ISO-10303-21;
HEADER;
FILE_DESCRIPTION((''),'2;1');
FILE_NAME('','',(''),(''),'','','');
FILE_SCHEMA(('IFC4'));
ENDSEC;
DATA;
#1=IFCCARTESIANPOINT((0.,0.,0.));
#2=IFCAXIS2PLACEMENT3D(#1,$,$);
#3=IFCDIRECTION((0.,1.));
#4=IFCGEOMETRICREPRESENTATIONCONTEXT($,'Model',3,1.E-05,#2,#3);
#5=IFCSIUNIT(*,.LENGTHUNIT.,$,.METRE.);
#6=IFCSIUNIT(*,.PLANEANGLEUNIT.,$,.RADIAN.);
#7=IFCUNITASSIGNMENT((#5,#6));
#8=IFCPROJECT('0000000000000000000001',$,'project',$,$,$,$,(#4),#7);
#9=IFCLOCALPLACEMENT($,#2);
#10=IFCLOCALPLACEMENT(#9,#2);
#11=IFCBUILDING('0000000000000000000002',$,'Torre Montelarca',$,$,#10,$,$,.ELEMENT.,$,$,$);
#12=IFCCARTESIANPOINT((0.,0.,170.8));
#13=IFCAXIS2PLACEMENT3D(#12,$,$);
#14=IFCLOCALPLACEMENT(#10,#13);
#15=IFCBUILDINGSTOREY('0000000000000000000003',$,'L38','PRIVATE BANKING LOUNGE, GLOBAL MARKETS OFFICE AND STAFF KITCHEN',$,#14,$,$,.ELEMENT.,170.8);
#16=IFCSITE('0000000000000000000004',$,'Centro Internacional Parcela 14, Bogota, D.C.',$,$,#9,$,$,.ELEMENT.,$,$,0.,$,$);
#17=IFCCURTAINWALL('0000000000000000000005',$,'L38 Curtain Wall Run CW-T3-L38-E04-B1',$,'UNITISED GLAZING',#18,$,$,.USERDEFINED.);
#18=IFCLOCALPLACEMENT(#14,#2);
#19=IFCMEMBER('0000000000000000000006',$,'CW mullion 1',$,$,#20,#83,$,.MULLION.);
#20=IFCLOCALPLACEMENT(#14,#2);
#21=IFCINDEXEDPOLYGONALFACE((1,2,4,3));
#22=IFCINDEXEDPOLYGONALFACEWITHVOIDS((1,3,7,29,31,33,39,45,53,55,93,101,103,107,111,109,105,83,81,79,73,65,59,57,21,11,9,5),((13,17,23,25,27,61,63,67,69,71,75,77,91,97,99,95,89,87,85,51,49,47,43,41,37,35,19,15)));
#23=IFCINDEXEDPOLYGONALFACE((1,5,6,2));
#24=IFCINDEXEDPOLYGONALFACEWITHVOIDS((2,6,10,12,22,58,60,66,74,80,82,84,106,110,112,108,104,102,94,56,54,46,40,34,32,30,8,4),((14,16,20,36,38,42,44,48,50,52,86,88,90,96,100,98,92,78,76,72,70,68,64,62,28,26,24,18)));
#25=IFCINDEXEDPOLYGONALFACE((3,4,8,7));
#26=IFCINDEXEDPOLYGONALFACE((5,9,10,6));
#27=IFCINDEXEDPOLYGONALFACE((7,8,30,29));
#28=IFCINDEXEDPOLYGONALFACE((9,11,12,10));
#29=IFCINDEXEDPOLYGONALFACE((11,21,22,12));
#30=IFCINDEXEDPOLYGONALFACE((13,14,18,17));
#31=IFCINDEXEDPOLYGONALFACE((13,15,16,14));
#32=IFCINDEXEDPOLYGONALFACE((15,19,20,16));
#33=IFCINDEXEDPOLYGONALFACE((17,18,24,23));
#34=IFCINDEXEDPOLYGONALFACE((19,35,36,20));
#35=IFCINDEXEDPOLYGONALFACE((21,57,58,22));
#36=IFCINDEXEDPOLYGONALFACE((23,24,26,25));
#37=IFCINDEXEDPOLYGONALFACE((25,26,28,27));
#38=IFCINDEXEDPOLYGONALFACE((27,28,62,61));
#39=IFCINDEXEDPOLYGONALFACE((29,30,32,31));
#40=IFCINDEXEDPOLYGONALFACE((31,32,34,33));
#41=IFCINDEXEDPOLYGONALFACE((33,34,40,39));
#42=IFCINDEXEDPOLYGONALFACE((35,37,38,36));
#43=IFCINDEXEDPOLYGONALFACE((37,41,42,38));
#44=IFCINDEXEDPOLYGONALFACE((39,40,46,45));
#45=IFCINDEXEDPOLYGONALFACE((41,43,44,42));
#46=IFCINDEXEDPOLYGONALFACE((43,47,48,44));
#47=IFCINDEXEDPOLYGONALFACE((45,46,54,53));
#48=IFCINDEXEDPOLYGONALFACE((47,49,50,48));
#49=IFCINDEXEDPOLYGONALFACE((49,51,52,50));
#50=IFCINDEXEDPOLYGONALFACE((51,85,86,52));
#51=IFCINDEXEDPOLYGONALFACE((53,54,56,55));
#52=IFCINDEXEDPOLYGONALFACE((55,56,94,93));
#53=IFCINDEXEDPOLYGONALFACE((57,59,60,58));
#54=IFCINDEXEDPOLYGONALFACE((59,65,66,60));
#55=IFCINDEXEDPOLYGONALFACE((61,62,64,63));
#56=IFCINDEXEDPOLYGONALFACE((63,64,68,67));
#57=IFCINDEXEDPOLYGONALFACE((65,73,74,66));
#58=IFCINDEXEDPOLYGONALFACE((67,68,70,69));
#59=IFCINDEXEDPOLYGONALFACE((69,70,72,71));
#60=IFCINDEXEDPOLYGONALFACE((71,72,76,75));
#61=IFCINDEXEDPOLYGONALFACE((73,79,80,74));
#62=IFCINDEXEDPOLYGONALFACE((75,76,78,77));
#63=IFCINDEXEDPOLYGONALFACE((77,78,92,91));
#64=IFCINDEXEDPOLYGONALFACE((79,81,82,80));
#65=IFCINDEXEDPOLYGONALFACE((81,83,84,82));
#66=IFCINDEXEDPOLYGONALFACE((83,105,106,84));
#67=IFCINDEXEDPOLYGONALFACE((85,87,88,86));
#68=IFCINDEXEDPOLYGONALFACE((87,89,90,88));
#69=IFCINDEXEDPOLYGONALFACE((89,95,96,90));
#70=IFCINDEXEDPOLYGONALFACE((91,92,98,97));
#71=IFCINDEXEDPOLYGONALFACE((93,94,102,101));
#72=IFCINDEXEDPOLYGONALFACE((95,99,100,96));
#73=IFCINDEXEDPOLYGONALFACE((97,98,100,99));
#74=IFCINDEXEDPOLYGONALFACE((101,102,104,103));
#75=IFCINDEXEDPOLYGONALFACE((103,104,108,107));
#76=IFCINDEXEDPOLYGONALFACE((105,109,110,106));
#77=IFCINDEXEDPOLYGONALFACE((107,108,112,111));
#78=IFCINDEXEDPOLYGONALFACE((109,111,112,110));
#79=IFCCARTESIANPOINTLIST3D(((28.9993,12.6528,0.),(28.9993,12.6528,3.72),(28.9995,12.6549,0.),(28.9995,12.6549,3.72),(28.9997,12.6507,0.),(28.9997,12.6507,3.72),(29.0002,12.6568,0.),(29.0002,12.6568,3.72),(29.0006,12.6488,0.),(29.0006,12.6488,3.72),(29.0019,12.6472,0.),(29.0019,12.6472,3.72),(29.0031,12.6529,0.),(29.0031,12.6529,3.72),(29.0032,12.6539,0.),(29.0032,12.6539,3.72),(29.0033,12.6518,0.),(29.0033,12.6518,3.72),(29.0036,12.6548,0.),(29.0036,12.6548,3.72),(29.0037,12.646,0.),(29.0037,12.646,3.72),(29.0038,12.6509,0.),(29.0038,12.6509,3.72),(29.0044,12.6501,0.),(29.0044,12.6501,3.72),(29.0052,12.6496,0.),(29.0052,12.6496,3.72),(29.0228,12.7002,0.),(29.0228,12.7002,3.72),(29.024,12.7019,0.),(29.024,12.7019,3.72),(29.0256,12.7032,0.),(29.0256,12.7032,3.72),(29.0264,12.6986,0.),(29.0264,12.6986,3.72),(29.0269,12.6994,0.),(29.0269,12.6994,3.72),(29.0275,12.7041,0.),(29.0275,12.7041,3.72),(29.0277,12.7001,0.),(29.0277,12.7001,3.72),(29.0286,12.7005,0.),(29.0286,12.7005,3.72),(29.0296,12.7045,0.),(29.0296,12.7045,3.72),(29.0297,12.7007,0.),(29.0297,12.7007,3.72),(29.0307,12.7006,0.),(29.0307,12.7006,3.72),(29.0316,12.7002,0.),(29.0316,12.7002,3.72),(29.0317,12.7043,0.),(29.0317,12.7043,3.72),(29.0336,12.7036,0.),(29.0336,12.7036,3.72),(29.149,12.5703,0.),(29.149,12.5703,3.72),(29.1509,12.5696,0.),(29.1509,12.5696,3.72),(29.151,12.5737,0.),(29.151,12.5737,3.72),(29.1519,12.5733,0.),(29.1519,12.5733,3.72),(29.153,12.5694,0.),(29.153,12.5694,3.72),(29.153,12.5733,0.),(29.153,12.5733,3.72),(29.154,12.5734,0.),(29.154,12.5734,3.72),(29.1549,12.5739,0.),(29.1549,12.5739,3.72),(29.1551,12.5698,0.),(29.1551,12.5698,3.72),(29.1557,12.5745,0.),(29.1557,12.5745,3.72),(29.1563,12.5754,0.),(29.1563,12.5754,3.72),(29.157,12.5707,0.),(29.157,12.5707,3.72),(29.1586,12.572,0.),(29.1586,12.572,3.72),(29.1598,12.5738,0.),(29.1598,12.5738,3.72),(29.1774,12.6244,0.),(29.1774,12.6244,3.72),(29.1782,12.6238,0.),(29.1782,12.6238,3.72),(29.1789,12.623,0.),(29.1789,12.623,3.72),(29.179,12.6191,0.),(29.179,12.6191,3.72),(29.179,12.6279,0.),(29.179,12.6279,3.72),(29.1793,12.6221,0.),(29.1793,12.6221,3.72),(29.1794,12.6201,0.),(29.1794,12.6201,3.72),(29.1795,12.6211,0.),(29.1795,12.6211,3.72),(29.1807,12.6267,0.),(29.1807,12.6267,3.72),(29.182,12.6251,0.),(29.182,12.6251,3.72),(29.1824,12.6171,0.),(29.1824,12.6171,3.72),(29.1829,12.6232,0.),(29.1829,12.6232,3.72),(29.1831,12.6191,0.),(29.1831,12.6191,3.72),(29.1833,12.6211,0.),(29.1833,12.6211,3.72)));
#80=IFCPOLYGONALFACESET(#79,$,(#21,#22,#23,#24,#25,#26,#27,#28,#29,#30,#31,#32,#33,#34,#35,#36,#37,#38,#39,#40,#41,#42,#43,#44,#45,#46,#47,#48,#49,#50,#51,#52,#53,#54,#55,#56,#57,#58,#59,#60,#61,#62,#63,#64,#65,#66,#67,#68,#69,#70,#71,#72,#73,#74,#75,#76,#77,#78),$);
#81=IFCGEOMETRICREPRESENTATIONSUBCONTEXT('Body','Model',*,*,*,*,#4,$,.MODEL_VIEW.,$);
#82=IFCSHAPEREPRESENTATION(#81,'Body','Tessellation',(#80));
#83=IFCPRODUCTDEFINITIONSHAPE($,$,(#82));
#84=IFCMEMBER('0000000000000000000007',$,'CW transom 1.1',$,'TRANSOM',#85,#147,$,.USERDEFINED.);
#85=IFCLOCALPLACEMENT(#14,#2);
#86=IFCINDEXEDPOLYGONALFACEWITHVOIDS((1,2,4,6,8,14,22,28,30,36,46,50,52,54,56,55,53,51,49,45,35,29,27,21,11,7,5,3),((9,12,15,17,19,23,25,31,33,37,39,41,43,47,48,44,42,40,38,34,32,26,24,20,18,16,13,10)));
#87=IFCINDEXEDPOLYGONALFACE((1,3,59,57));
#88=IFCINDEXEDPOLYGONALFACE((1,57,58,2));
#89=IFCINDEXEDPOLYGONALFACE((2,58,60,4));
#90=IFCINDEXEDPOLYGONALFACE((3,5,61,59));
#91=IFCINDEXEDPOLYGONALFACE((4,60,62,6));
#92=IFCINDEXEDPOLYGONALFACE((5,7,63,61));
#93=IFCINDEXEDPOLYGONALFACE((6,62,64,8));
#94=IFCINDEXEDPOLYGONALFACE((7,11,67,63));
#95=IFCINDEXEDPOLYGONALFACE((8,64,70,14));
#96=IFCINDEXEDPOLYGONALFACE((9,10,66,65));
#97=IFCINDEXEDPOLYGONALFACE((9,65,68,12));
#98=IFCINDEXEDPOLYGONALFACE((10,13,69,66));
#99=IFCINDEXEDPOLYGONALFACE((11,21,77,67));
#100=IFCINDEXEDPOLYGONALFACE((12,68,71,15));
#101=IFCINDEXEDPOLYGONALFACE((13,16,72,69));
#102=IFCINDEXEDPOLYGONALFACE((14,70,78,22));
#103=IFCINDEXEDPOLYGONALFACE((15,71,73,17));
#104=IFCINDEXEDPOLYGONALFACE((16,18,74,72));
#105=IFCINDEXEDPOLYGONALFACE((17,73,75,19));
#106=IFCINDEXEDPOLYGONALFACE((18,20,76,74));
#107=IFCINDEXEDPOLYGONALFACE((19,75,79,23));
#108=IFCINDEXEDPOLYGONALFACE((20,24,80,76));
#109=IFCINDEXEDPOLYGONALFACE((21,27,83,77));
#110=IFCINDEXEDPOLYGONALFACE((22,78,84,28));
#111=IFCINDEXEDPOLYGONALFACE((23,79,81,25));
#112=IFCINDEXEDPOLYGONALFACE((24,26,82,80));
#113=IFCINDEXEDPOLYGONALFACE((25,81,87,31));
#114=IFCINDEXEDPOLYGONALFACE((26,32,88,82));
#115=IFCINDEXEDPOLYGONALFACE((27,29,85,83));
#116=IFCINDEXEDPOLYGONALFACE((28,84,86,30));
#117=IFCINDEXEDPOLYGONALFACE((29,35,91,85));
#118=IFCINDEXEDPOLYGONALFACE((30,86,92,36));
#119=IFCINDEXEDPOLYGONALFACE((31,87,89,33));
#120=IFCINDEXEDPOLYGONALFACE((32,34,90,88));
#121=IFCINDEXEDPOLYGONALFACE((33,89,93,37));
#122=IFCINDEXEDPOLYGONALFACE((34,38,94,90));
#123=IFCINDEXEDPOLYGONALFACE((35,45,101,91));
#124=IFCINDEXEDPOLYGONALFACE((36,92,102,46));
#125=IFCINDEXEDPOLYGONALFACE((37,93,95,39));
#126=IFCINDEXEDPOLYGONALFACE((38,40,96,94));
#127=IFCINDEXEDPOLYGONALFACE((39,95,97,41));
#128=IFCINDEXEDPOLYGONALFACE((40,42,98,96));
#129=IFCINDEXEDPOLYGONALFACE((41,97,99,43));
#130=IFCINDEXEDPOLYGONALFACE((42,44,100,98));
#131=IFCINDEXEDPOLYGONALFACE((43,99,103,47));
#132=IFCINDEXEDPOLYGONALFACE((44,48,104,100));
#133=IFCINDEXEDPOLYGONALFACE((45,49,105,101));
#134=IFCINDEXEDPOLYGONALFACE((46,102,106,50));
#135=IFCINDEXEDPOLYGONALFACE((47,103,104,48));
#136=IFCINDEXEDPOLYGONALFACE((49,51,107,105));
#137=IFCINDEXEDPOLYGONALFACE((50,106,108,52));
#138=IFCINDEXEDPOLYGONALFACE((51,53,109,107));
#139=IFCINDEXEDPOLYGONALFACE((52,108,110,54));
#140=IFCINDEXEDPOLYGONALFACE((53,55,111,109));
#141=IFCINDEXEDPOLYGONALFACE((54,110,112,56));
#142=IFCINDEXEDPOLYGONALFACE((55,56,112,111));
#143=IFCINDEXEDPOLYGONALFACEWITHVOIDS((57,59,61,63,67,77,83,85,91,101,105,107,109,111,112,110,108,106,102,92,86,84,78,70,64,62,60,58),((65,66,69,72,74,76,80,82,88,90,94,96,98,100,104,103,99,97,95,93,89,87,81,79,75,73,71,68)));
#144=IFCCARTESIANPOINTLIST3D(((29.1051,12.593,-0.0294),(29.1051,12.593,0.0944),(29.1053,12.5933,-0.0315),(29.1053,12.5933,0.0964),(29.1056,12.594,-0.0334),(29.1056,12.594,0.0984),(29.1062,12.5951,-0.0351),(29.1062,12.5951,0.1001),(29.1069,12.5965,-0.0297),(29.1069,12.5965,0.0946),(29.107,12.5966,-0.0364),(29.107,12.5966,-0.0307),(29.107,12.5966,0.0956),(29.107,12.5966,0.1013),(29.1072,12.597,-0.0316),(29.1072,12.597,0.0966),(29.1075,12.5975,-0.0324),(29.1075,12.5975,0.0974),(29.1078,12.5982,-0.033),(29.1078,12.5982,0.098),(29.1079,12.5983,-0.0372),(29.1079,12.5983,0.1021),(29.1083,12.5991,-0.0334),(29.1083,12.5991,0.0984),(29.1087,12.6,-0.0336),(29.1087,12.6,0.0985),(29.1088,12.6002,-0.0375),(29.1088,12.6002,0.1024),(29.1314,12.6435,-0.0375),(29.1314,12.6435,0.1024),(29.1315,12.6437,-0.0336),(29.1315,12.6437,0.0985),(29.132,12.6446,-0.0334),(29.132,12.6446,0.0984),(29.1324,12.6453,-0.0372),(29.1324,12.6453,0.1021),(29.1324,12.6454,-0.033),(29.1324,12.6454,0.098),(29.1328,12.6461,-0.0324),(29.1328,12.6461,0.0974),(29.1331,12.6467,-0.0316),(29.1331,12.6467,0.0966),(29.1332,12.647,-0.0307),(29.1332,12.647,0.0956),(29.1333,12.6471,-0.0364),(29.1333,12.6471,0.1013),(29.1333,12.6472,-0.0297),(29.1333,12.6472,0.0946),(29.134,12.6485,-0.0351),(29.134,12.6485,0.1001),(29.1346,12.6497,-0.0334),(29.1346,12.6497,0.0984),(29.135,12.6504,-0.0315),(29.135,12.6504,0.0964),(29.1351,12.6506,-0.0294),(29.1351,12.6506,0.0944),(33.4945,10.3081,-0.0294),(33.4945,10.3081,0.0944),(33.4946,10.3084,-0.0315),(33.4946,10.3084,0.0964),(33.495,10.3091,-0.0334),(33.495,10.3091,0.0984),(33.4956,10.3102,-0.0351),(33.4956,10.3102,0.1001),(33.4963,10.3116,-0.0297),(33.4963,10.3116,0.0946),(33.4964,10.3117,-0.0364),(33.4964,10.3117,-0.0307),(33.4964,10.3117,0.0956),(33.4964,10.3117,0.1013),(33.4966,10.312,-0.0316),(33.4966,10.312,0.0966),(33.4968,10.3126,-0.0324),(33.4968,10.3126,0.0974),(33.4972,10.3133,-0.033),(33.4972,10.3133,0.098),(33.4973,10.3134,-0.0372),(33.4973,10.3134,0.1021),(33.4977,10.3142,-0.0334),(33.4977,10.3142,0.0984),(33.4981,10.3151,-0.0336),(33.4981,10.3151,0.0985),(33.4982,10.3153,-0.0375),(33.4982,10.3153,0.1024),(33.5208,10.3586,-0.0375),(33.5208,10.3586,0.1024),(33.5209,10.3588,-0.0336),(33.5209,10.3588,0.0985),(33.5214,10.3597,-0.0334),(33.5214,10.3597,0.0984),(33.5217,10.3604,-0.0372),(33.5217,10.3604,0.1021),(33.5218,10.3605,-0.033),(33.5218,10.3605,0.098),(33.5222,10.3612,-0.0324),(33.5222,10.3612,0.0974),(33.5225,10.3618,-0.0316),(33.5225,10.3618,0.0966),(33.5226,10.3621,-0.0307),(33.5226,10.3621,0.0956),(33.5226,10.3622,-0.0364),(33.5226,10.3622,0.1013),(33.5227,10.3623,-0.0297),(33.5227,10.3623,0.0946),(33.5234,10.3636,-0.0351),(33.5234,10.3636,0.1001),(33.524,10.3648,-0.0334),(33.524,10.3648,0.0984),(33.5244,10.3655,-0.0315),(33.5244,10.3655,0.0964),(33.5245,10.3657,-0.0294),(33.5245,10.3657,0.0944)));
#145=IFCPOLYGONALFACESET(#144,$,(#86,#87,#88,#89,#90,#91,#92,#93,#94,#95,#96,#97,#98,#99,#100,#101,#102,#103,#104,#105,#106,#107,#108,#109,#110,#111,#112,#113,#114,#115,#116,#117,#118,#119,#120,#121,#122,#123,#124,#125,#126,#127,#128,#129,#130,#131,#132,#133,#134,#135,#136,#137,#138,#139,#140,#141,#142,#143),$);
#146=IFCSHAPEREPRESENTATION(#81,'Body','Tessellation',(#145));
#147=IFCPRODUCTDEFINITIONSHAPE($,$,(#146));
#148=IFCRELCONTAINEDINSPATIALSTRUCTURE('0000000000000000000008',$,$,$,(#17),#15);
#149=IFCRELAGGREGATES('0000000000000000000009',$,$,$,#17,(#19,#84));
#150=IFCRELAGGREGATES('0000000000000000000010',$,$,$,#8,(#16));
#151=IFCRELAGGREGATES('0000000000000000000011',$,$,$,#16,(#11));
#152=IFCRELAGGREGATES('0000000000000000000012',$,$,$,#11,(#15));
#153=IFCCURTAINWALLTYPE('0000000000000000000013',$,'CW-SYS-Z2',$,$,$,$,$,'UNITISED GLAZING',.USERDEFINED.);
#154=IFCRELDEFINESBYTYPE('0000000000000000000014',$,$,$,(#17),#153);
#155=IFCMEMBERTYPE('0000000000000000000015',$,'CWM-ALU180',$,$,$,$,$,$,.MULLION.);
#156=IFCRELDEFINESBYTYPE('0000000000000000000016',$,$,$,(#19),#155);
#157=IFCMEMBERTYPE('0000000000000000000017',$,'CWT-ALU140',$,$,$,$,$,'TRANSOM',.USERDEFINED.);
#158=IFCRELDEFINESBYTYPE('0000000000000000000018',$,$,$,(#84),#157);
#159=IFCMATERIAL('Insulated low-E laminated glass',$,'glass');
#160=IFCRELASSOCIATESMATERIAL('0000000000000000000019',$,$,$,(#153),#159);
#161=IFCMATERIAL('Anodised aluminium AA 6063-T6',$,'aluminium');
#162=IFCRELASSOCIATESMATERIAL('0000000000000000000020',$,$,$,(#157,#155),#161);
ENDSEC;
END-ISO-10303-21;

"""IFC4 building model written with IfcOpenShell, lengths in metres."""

from ifc_helpers import new_model, si_unit, direction, frame, origin, origin_2d, place, context, subcontext, project, spatial, hollow_rectangle, extrude, source, transform, mapped, material, material_profile, profile_set, type_object, element, aggregate, save


model = new_model("IFC4")

# Units and contexts
model_context = context("Model", 3, precision=1e-05, world=origin(), true_north=direction((0.0, 1.0)))
body_context = subcontext(model_context, "Body", "Model", "MODEL_VIEW")
ifc_project = project(units=[si_unit("LENGTHUNIT", "METRE"), si_unit("PLANEANGLEUNIT", "RADIAN")], contexts=[model_context])

# Site, building, storey
site_placement = place(None, origin())
site = spatial("IfcSite", under=ifc_project, at=site_placement, Name="Centro Internacional Parcela 14, Bogota, D.C.", CompositionType="ELEMENT", RefElevation=0.0)
building_placement = place(site_placement, origin())
building = spatial("IfcBuilding", under=site, at=building_placement, Name="Torre Montelarca", CompositionType="ELEMENT")
storey_placement = place(building_placement, frame((0.0, 0.0, 170.8)))
storey = spatial("IfcBuildingStorey", under=building, at=storey_placement, Name="L38", Description="PRIVATE BANKING LOUNGE, GLOBAL MARKETS OFFICE AND STAFF KITCHEN", CompositionType="ELEMENT", Elevation=170.8)

# Curtain wall, members
ifc_material_1 = material(Name="Insulated low-E laminated glass", Category="glass")
curtain_wall_type = type_object("IfcCurtainWallType", Name="CW-SYS-Z2", ElementType="UNITISED GLAZING", PredefinedType="USERDEFINED", material=ifc_material_1)
ifc_material_2 = material(Name="Anodised aluminium AA 6063-T6", Category="aluminium")
ifc_material_profile_1 = material_profile(ifc_material_2, hollow_rectangle(XDim=0.0649, YDim=0.1399, WallThickness=0.0039, InnerFilletRadius=0.0039, OuterFilletRadius=0.0081, at=origin_2d()), Name="ALU65X140X4", Category="aluminium")
ifc_profile_set_1 = profile_set([ifc_material_profile_1], Name="Anodised aluminium AA 6063-T6")
member_type_1 = type_object("IfcMemberType", Name="CWT-ALU140", ElementType="TRANSOM", PredefinedType="USERDEFINED", material=ifc_profile_set_1)
ifc_material_profile_2 = material_profile(ifc_material_2, hollow_rectangle(XDim=0.0649, YDim=0.1799, WallThickness=0.0039, InnerFilletRadius=0.0039, OuterFilletRadius=0.0081, at=origin_2d()), Name="ALU65X180X4", Category="aluminium")
ifc_profile_set_2 = profile_set([ifc_material_profile_2], Name="Anodised aluminium AA 6063-T6")
member_type_2 = type_object("IfcMemberType", Name="CWM-ALU180", PredefinedType="MULLION", material=ifc_profile_set_2)
shared_shape_1 = source(origin(), body_context, "Body", "SweptSolid", [
    extrude(hollow_rectangle(XDim=0.0649, YDim=0.1799, WallThickness=0.0039, InnerFilletRadius=0.0039, OuterFilletRadius=0.0081, at=origin_2d()), origin(), (0.0, 0.0, 1.0), 3.72),
])
curtain_wall_1_placement = place(storey_placement, origin())
curtain_wall_1 = element("IfcCurtainWall", 1, at=curtain_wall_1_placement, inside=storey, type_object=curtain_wall_type, Name="L38 Curtain Wall Run CW-T3-L38-E04-B1", ObjectType="UNITISED GLAZING", PredefinedType="USERDEFINED")
member_1_placement = place(storey_placement, frame((29.0913, 12.637, 0.0), z_axis=(0.0, 0.0, 1.0), x_axis=(0.461744, 0.887013, 0.0)))
member_1 = element("IfcMember", 2, at=member_1_placement, type_object=member_type_2, Name="CW mullion 1", PredefinedType="MULLION", context=body_context, shape_type="MappedRepresentation", body=[
    mapped(shared_shape_1, transform((0.0, 0.0, 0.0), scale=1.0)),
])
shared_shape_2 = source(origin(), body_context, "Body", "SweptSolid", [
    extrude(hollow_rectangle(XDim=0.0649, YDim=0.1399, WallThickness=0.0039, InnerFilletRadius=0.0039, OuterFilletRadius=0.0081, at=origin_2d()), origin(), (0.0, 0.0, 1.0), 4.9485),
])
member_2_placement = place(storey_placement, frame((29.1201, 12.6218, 0.0325), z_axis=(0.887016, -0.461738, 0.0), x_axis=(0.461738, 0.887016, 0.0)))
member_2 = element("IfcMember", 3, at=member_2_placement, type_object=member_type_1, Name="CW transom 1.1", ObjectType="TRANSOM", PredefinedType="USERDEFINED", context=body_context, shape_type="MappedRepresentation", body=[
    mapped(shared_shape_2, transform((0.0, 0.0, 0.0), scale=1.0)),
])
aggregate(curtain_wall_1, [member_1, member_2])

save(model, "model.ifc")
